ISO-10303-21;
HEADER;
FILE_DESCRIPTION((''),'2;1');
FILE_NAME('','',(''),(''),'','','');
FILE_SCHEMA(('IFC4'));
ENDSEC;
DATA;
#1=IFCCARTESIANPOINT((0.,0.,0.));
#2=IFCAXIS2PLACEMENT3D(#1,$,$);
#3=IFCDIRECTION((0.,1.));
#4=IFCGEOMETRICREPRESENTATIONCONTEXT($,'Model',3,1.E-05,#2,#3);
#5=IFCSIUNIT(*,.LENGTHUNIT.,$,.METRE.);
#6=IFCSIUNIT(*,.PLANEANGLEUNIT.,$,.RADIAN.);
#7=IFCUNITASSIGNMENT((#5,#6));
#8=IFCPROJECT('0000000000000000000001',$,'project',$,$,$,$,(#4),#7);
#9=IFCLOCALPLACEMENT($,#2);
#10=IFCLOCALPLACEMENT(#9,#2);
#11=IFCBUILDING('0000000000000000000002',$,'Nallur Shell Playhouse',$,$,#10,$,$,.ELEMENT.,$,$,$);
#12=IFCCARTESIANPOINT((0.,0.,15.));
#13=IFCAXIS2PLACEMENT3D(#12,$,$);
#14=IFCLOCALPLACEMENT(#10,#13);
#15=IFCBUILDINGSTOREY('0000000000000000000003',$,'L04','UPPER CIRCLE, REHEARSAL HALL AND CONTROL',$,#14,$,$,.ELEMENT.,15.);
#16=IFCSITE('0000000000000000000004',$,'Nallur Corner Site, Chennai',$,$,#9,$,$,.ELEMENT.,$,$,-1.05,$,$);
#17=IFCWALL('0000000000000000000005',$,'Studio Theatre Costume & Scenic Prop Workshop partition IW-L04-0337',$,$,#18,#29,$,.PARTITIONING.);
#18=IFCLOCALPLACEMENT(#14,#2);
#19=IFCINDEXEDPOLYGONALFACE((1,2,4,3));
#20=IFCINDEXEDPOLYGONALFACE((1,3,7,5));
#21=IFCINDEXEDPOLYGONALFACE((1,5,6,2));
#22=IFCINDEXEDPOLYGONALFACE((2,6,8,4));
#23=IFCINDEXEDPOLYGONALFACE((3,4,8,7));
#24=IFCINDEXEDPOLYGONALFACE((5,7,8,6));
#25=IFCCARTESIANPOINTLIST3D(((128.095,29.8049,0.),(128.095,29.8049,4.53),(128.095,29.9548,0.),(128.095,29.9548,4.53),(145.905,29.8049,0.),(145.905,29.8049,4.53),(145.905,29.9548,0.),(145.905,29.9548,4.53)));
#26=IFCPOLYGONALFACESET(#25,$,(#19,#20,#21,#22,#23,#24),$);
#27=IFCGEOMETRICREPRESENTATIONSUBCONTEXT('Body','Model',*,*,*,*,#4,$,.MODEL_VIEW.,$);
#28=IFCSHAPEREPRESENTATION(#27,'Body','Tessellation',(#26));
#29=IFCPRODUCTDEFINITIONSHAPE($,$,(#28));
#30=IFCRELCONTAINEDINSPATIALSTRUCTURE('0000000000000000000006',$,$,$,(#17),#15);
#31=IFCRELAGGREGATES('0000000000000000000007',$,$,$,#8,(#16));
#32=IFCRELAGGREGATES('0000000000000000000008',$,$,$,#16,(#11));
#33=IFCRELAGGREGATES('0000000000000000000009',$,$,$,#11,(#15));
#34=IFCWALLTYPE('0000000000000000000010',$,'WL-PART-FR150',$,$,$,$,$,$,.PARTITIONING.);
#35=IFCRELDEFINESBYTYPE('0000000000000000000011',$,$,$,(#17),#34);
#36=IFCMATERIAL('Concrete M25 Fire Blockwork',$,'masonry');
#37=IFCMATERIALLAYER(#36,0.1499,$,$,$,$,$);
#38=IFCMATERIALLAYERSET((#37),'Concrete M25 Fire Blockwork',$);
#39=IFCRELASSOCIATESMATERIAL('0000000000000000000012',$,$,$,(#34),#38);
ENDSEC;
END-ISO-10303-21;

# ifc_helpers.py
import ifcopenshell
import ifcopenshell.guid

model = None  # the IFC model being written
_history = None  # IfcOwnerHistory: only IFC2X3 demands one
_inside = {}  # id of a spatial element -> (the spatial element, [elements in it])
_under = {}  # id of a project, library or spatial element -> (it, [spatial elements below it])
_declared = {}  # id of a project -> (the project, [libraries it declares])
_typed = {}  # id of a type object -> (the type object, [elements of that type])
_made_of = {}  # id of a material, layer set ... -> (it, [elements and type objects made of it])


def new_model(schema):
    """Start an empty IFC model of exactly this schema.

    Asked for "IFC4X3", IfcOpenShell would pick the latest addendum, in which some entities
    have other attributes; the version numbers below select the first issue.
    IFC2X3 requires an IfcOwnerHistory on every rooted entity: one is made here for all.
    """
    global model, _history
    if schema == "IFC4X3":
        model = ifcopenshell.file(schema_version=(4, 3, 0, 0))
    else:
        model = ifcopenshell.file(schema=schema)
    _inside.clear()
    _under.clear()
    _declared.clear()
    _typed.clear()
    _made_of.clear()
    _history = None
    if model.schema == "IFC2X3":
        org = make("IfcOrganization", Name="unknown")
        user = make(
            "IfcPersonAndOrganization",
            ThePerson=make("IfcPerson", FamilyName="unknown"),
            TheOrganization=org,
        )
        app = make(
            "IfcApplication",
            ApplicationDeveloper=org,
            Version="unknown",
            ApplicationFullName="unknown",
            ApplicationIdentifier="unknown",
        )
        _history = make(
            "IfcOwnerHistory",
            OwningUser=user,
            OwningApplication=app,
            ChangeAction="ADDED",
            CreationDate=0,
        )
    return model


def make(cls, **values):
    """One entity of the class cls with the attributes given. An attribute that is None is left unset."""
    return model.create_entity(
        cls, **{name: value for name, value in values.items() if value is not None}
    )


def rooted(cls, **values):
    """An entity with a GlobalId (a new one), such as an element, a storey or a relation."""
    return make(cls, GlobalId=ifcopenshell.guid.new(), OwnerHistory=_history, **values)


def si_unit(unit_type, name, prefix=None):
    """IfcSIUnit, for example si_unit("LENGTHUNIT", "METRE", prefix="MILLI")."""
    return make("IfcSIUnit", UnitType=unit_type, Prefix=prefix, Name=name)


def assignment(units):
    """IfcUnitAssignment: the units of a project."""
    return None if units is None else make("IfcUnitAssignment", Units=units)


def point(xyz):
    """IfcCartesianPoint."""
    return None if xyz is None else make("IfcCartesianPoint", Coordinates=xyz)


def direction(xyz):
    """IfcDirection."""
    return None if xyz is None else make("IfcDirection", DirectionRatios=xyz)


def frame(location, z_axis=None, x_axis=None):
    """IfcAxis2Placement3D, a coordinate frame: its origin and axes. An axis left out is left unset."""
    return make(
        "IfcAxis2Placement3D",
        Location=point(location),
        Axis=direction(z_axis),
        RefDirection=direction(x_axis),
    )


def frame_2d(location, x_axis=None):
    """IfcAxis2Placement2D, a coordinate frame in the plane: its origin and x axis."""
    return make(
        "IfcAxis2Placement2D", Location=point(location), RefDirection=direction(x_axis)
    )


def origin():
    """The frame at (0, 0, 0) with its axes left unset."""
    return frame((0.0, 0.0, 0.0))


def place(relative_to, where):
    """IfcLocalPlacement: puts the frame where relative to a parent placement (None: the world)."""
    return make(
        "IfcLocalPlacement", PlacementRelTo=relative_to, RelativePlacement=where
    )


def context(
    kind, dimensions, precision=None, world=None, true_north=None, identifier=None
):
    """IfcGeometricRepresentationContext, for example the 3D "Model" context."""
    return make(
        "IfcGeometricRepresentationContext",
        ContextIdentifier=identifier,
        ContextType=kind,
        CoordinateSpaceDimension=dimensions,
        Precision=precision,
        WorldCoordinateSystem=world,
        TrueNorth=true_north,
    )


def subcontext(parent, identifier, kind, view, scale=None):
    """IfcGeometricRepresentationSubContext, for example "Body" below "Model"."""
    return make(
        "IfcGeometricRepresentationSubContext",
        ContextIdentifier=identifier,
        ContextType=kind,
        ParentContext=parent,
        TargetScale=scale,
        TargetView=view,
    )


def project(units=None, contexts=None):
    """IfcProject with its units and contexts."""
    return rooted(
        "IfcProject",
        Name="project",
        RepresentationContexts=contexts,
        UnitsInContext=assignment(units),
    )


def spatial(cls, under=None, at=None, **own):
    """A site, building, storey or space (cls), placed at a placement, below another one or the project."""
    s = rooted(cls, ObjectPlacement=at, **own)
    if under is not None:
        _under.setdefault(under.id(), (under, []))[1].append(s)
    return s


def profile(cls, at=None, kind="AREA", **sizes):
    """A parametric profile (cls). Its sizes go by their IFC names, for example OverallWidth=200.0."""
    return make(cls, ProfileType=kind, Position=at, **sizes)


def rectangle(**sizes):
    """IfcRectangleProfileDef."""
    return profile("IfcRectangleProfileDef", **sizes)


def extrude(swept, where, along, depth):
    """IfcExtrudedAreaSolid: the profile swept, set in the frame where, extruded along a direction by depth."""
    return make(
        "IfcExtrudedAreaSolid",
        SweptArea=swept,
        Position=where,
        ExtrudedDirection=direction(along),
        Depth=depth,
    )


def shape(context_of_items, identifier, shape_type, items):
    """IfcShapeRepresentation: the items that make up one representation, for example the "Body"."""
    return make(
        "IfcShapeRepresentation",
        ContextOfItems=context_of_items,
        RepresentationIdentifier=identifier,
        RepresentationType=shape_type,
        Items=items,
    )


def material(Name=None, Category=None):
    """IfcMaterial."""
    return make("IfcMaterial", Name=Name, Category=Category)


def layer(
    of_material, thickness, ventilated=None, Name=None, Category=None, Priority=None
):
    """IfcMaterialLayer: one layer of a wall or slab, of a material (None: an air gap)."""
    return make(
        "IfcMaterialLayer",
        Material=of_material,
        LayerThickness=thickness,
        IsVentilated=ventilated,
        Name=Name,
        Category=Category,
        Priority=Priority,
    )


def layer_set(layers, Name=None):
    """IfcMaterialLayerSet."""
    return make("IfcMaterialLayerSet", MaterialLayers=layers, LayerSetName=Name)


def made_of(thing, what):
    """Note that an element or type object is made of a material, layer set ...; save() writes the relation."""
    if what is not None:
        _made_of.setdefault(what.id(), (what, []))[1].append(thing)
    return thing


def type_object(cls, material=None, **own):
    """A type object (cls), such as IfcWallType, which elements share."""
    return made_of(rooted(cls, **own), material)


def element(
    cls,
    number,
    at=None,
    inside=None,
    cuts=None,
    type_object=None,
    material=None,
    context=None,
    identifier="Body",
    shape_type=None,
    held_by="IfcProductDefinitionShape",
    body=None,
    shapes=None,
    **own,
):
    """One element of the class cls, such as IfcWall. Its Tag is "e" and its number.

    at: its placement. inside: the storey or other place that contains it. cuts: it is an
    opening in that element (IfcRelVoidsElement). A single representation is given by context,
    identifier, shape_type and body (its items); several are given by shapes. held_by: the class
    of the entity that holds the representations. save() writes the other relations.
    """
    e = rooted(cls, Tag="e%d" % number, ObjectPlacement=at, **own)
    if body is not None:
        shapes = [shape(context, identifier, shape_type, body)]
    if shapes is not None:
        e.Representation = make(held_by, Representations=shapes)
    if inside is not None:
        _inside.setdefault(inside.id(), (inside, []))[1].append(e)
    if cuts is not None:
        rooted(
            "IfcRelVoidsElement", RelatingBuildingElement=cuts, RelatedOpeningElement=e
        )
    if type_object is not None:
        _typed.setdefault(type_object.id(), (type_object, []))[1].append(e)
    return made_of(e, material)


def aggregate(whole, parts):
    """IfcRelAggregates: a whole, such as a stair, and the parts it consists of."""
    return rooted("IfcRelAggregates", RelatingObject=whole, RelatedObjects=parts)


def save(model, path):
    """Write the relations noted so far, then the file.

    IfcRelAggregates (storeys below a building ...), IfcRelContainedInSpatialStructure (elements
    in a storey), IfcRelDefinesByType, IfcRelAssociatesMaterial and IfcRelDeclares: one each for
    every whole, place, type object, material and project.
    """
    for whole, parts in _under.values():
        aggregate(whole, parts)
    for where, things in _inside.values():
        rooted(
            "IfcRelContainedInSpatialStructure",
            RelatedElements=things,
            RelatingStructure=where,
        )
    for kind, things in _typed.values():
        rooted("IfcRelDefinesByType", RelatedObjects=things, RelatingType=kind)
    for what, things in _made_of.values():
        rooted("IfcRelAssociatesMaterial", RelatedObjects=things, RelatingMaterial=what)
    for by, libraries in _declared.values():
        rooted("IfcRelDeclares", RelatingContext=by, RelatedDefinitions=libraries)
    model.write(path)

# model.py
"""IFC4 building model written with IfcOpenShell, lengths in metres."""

from ifc_helpers import new_model, si_unit, direction, frame, frame_2d, origin, place, context, subcontext, project, spatial, rectangle, extrude, material, layer, layer_set, type_object, element, save


model = new_model("IFC4")

# Units and contexts
model_context = context("Model", 3, precision=1e-05, world=origin(), true_north=direction((0.0, 1.0)))
body_context = subcontext(model_context, "Body", "Model", "MODEL_VIEW")
ifc_project = project(units=[si_unit("LENGTHUNIT", "METRE"), si_unit("PLANEANGLEUNIT", "RADIAN")], contexts=[model_context])

# Site, building, storey
site_placement = place(None, origin())
site = spatial("IfcSite", under=ifc_project, at=site_placement, Name="Nallur Corner Site, Chennai", CompositionType="ELEMENT", RefElevation=-1.05)
building_placement = place(site_placement, origin())
building = spatial("IfcBuilding", under=site, at=building_placement, Name="Nallur Shell Playhouse", CompositionType="ELEMENT")
storey_placement = place(building_placement, frame((0.0, 0.0, 15.0)))
storey = spatial("IfcBuildingStorey", under=building, at=storey_placement, Name="L04", Description="UPPER CIRCLE, REHEARSAL HALL AND CONTROL", CompositionType="ELEMENT", Elevation=15.0)

# Wall
ifc_material_1 = material(Name="Concrete M25 Fire Blockwork", Category="masonry")
ifc_layer_1 = layer(ifc_material_1, 0.1499)
ifc_layer_set_1 = layer_set([ifc_layer_1], Name="Concrete M25 Fire Blockwork")
wall_type_1 = type_object("IfcWallType", Name="WL-PART-FR150", PredefinedType="PARTITIONING", material=ifc_layer_set_1)
wall_1_placement = place(storey_placement, frame((128.095, 29.8799, 0.0), z_axis=(0.0, 0.0, 1.0), x_axis=(1.0, 0.0, 0.0)))
element("IfcWall", 1, at=wall_1_placement, inside=storey, type_object=wall_type_1, Name="Studio Theatre Costume & Scenic Prop Workshop partition IW-L04-0337", PredefinedType="PARTITIONING", context=body_context, shape_type="SweptSolid", body=[
    extrude(rectangle(XDim=17.8101, YDim=0.1499, at=frame_2d((8.905, 0.0))), origin(), (0.0, 0.0, 1.0), 4.53),
])

save(model, "model.ifc")
